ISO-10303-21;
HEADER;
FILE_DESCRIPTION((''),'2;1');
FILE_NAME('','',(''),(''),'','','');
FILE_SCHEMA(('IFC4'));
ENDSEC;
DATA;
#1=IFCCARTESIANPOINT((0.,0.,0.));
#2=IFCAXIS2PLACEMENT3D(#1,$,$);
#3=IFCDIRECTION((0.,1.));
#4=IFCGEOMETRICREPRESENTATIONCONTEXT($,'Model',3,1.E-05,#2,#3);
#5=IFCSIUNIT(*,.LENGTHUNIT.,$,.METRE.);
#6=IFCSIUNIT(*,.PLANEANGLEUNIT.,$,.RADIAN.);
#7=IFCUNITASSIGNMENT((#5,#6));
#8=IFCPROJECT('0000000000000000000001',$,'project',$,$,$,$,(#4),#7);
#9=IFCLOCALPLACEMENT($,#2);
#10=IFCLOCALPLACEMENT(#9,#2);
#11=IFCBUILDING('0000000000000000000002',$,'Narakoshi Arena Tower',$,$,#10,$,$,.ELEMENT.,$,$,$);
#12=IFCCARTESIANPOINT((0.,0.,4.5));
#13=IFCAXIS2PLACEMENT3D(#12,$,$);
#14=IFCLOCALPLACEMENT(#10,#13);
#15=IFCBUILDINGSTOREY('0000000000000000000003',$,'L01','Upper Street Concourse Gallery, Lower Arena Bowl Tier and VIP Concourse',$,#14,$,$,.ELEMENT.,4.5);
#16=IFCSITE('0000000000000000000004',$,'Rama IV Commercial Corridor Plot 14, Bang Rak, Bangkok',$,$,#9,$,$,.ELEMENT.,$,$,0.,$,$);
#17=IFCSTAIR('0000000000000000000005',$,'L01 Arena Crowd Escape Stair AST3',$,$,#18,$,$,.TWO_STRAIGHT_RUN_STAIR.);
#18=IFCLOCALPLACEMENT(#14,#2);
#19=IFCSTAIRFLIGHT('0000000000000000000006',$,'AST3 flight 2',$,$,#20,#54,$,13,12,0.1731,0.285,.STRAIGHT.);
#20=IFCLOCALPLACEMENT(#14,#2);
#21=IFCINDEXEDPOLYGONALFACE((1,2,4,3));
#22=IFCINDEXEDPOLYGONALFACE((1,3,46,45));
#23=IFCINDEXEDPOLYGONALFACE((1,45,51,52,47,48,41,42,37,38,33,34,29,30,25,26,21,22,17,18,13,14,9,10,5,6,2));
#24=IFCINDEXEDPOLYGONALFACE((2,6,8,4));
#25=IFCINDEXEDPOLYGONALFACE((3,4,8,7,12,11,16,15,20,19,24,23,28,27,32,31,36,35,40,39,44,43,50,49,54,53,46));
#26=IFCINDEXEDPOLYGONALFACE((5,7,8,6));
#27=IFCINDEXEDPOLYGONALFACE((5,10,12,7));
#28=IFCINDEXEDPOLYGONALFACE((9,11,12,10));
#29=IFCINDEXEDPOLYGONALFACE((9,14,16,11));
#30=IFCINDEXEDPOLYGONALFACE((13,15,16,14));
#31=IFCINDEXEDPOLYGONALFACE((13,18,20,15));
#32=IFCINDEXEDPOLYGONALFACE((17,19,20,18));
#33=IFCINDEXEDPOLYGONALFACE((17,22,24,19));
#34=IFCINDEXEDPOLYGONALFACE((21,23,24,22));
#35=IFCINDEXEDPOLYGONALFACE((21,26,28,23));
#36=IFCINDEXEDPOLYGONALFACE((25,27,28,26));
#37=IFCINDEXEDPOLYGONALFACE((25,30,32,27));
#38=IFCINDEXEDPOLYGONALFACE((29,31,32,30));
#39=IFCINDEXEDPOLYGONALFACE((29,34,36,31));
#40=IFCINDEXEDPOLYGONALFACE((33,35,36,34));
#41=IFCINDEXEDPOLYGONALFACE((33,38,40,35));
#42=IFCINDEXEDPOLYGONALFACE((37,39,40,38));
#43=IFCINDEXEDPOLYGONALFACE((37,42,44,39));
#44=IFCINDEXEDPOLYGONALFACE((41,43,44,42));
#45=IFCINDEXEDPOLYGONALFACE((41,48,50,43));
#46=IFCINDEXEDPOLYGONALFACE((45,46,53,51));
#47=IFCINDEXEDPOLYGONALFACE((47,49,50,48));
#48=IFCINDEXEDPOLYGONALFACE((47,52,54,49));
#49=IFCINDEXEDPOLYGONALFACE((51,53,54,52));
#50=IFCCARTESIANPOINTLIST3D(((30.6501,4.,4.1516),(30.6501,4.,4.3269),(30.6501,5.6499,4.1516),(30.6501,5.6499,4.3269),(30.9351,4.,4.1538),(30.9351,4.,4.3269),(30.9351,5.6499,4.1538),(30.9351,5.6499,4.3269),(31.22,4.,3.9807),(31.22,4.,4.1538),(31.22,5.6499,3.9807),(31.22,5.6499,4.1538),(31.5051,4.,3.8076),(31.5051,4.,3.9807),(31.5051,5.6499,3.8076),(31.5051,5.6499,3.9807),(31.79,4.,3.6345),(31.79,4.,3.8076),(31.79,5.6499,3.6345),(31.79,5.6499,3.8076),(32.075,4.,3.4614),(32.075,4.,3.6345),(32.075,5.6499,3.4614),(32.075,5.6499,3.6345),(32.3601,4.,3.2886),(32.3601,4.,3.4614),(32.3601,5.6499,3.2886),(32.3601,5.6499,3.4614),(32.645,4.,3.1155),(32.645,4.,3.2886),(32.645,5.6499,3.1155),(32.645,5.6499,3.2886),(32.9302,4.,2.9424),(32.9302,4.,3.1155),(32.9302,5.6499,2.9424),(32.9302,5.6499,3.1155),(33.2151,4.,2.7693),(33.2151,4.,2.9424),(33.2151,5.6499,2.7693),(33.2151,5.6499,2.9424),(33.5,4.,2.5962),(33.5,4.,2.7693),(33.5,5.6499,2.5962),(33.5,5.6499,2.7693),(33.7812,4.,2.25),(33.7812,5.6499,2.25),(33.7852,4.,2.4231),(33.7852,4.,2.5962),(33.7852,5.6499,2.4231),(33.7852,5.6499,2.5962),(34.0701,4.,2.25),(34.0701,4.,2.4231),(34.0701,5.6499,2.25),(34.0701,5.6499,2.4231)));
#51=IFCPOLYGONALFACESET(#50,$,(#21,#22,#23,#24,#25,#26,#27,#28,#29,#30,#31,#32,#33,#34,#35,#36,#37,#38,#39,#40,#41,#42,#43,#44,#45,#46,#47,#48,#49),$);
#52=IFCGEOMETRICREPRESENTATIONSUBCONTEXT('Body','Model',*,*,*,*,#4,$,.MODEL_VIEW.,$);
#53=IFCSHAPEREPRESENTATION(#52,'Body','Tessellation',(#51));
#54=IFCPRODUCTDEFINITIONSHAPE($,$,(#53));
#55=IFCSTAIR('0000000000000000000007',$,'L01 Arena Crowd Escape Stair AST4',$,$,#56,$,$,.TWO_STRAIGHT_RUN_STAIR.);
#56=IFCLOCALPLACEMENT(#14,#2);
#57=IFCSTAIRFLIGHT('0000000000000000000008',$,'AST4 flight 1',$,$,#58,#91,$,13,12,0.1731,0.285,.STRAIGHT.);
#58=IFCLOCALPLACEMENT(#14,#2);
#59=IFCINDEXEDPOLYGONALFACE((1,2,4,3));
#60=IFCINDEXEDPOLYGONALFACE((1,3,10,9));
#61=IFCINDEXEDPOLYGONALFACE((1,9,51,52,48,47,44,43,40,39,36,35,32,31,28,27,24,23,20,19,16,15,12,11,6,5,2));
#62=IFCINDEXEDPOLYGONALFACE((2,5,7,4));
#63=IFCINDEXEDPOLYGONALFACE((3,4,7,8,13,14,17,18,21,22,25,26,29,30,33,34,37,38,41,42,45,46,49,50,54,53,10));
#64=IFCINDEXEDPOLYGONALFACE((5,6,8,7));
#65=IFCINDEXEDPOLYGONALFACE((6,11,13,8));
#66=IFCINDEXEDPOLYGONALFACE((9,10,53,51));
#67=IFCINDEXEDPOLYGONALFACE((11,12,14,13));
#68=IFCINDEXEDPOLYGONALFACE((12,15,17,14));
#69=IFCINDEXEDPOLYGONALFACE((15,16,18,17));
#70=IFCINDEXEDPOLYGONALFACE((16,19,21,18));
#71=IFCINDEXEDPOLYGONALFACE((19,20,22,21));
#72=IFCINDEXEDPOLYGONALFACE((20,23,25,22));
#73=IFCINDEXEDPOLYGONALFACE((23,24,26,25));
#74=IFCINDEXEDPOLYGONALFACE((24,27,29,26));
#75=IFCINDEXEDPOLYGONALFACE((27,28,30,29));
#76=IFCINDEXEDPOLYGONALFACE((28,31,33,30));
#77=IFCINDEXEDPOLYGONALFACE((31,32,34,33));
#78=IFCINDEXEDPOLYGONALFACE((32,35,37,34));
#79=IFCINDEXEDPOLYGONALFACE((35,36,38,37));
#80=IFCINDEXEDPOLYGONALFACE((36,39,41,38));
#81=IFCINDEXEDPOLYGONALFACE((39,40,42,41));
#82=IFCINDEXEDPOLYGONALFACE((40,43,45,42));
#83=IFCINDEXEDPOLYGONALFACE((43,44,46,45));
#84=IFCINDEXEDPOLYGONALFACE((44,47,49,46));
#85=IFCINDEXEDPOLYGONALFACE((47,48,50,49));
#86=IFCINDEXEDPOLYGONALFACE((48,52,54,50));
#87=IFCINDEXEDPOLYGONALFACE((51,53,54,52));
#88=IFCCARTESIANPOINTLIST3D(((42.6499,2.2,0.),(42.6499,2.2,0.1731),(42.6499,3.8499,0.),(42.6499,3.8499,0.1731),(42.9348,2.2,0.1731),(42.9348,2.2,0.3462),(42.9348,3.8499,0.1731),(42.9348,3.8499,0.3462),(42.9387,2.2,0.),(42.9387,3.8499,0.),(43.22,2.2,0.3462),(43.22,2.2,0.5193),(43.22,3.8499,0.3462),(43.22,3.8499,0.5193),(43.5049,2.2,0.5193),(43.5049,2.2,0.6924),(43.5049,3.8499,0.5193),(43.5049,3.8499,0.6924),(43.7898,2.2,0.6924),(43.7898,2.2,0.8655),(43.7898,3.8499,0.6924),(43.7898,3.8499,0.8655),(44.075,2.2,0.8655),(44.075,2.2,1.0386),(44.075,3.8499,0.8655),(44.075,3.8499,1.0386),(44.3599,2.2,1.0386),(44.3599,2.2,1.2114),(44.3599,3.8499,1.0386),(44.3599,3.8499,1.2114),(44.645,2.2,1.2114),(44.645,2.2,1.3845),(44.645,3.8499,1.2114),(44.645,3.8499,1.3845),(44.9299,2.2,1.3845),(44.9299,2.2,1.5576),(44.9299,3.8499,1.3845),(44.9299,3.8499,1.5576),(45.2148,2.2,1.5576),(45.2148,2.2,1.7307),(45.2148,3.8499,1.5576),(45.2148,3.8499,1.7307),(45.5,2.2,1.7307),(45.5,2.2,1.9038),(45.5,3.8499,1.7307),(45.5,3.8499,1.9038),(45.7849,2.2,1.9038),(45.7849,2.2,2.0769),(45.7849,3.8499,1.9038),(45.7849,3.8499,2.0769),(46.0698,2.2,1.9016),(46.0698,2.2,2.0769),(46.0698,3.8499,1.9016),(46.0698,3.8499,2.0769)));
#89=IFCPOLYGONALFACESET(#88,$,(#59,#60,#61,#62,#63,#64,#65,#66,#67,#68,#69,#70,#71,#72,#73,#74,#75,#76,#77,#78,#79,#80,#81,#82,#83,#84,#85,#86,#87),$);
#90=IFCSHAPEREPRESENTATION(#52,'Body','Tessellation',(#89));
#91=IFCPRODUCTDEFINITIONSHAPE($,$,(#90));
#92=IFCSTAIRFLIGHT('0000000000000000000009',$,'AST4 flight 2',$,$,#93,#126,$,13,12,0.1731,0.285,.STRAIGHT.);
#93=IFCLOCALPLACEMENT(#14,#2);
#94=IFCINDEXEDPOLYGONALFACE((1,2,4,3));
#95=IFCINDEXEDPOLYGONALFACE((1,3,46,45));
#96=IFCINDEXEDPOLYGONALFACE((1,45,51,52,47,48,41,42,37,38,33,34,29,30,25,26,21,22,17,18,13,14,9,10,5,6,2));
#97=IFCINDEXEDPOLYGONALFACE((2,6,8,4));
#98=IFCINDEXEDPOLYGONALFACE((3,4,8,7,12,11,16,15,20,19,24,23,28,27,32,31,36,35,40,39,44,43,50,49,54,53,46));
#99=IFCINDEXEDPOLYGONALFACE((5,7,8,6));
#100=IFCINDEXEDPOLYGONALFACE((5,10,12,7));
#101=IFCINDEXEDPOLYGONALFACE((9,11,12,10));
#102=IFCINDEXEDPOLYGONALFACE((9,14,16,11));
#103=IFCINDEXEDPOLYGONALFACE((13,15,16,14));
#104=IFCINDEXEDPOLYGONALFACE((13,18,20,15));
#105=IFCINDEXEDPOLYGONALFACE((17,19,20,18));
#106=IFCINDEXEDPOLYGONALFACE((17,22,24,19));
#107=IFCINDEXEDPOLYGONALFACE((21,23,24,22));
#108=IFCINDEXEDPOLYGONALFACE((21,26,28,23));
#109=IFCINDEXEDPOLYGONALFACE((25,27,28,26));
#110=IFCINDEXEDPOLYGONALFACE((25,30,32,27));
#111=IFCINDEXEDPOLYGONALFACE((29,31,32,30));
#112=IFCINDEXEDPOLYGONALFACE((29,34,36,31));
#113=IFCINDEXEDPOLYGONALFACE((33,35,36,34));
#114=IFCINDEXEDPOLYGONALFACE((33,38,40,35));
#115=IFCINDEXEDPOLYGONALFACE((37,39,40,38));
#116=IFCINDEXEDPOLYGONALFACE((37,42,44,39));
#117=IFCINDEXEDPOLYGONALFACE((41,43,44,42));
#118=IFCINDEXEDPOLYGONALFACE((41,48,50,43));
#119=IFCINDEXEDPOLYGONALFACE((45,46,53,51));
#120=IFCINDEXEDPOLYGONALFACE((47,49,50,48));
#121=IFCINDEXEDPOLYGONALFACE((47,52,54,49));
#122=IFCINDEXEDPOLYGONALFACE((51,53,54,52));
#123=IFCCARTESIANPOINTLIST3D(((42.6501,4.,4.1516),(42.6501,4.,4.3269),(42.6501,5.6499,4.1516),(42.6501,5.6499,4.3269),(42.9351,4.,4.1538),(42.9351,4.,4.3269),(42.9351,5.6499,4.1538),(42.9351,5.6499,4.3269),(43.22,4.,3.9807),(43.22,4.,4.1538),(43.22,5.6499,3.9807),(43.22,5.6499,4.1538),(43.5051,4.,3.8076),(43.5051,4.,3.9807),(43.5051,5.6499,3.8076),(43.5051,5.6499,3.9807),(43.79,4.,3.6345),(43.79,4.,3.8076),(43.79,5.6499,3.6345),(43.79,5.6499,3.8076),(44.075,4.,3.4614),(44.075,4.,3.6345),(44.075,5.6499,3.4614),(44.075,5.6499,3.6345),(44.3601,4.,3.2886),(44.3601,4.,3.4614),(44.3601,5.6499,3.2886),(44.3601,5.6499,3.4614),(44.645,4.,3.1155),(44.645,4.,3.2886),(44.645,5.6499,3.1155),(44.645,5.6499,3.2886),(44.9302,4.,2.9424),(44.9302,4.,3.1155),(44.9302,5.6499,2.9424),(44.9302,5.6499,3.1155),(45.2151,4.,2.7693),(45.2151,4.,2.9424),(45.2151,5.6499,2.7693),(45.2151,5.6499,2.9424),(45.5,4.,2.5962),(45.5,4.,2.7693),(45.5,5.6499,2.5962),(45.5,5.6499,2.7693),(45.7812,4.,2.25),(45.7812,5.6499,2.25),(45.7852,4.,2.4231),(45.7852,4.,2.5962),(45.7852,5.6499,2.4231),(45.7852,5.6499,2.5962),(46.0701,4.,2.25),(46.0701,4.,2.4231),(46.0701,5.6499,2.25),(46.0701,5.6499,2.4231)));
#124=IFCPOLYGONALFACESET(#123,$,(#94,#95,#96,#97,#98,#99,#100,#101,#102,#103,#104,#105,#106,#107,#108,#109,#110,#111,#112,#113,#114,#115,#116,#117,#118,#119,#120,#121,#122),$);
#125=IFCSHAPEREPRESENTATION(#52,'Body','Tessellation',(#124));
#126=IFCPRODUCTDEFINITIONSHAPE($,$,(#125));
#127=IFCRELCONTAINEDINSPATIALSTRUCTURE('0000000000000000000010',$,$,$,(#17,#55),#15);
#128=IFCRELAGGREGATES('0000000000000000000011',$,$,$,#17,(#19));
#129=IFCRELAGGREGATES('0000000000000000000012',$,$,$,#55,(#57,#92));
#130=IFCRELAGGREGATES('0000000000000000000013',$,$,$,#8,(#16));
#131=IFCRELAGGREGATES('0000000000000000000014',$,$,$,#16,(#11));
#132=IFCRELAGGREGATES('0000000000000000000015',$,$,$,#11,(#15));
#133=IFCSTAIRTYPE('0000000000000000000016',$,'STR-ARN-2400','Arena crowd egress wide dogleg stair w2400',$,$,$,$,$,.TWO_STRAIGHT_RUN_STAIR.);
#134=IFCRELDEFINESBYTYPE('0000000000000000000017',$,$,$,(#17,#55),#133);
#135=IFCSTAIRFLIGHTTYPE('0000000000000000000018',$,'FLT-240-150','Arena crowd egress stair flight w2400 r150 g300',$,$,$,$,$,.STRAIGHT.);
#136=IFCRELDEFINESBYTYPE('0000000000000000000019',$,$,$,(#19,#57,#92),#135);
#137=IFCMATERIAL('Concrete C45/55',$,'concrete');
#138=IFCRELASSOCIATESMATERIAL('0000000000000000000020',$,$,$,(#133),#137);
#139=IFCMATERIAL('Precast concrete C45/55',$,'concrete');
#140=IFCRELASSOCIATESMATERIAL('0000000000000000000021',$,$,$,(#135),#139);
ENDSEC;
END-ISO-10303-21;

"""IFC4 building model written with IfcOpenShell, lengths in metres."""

from ifc_helpers import new_model, si_unit, direction, frame, origin, place, context, subcontext, project, spatial, polyline, outline, extrude, material, type_object, element, aggregate, save


model = new_model("IFC4")

# Units and contexts
model_context = context("Model", 3, precision=1e-05, world=origin(), true_north=direction((0.0, 1.0)))
body_context = subcontext(model_context, "Body", "Model", "MODEL_VIEW")
ifc_project = project(units=[si_unit("LENGTHUNIT", "METRE"), si_unit("PLANEANGLEUNIT", "RADIAN")], contexts=[model_context])

# Site, building, storey
site_placement = place(None, origin())
site = spatial("IfcSite", under=ifc_project, at=site_placement, Name="Rama IV Commercial Corridor Plot 14, Bang Rak, Bangkok", CompositionType="ELEMENT", RefElevation=0.0)
building_placement = place(site_placement, origin())
building = spatial("IfcBuilding", under=site, at=building_placement, Name="Narakoshi Arena Tower", CompositionType="ELEMENT")
storey_placement = place(building_placement, frame((0.0, 0.0, 4.5)))
storey = spatial("IfcBuildingStorey", under=building, at=storey_placement, Name="L01", Description="Upper Street Concourse Gallery, Lower Arena Bowl Tier and VIP Concourse", CompositionType="ELEMENT", Elevation=4.5)

# Stairs, stair flights
ifc_material_1 = material(Name="Concrete C45/55", Category="concrete")
stair_type = type_object("IfcStairType", Name="STR-ARN-2400", Description="Arena crowd egress wide dogleg stair w2400", PredefinedType="TWO_STRAIGHT_RUN_STAIR", material=ifc_material_1)
stair_1_placement = place(storey_placement, origin())
stair_1 = element("IfcStair", 1, at=stair_1_placement, inside=storey, type_object=stair_type, Name="L01 Arena Crowd Escape Stair AST3", PredefinedType="TWO_STRAIGHT_RUN_STAIR")
ifc_material_2 = material(Name="Precast concrete C45/55", Category="concrete")
stair_flight_type = type_object("IfcStairFlightType", Name="FLT-240-150", Description="Arena crowd egress stair flight w2400 r150 g300", PredefinedType="STRAIGHT", material=ifc_material_2)
stair_flight_1_placement = place(storey_placement, frame((34.0701, 4.825, 2.25), z_axis=(0.0, 0.0, 1.0), x_axis=(-1.0, 0.0, 0.0)))
stair_flight_1 = element("IfcStairFlight", 2, at=stair_flight_1_placement, type_object=stair_flight_type, Name="AST3 flight 2", NumberOfRisers=13, NumberOfTreads=12, PredefinedType="STRAIGHT", RiserHeight=0.1731, TreadLength=0.285, context=body_context, shape_type="SweptSolid", body=[
    extrude(outline(polyline([(0.0, 0.0), (0.0, 0.1731), (0.2849, 0.1731), (0.2849, 0.3462), (0.5701, 0.3462), (0.5701, 0.5193), (0.855, 0.5193), (0.855, 0.6924), (1.1399, 0.6924), (1.1399, 0.8655), (1.425, 0.8655), (1.425, 1.0386), (1.71, 1.0386), (1.71, 1.2114), (1.9951, 1.2114), (1.9951, 1.3845), (2.28, 1.3845), (2.28, 1.5576), (2.5649, 1.5576), (2.5649, 1.7307), (2.8501, 1.7307), (2.8501, 1.9038), (3.135, 1.9038), (3.135, 2.0769), (3.4199, 2.0769), (3.4199, 2.25), (3.4199, 1.9016), (0.2888, 0.0), (0.0, 0.0)])), frame((0.0, 0.825, 0.0), z_axis=(0.0, -1.0, 0.0), x_axis=(1.0, 0.0, 0.0)), (0.0, 0.0, 1.0), 1.6499),
])
aggregate(stair_1, [stair_flight_1])
stair_2_placement = place(storey_placement, origin())
stair_2 = element("IfcStair", 3, at=stair_2_placement, inside=storey, type_object=stair_type, Name="L01 Arena Crowd Escape Stair AST4", PredefinedType="TWO_STRAIGHT_RUN_STAIR")
stair_flight_2_placement = place(storey_placement, frame((42.6499, 3.0249, 0.0), z_axis=(0.0, 0.0, 1.0), x_axis=(1.0, 0.0, 0.0)))
stair_flight_2 = element("IfcStairFlight", 4, at=stair_flight_2_placement, type_object=stair_flight_type, Name="AST4 flight 1", NumberOfRisers=13, NumberOfTreads=12, PredefinedType="STRAIGHT", RiserHeight=0.1731, TreadLength=0.285, context=body_context, shape_type="SweptSolid", body=[
    extrude(outline(polyline([(0.0, 0.0), (0.0, 0.1731), (0.2849, 0.1731), (0.2849, 0.3462), (0.5701, 0.3462), (0.5701, 0.5193), (0.855, 0.5193), (0.855, 0.6924), (1.1399, 0.6924), (1.1399, 0.8655), (1.425, 0.8655), (1.425, 1.0386), (1.71, 1.0386), (1.71, 1.2114), (1.9951, 1.2114), (1.9951, 1.3845), (2.28, 1.3845), (2.28, 1.5576), (2.5649, 1.5576), (2.5649, 1.7307), (2.8501, 1.7307), (2.8501, 1.9038), (3.135, 1.9038), (3.135, 2.0769), (3.4199, 2.0769), (3.4199, 2.25), (3.4199, 1.9016), (0.2888, 0.0), (0.0, 0.0)])), frame((0.0, 0.825, 0.0), z_axis=(0.0, -1.0, 0.0), x_axis=(1.0, 0.0, 0.0)), (0.0, 0.0, 1.0), 1.6499),
])
stair_flight_3_placement = place(storey_placement, frame((46.0701, 4.825, 2.25), z_axis=(0.0, 0.0, 1.0), x_axis=(-1.0, 0.0, 0.0)))
stair_flight_3 = element("IfcStairFlight", 5, at=stair_flight_3_placement, type_object=stair_flight_type, Name="AST4 flight 2", NumberOfRisers=13, NumberOfTreads=12, PredefinedType="STRAIGHT", RiserHeight=0.1731, TreadLength=0.285, context=body_context, shape_type="SweptSolid", body=[
    extrude(outline(polyline([(0.0, 0.0), (0.0, 0.1731), (0.2849, 0.1731), (0.2849, 0.3462), (0.5701, 0.3462), (0.5701, 0.5193), (0.855, 0.5193), (0.855, 0.6924), (1.1399, 0.6924), (1.1399, 0.8655), (1.425, 0.8655), (1.425, 1.0386), (1.71, 1.0386), (1.71, 1.2114), (1.9951, 1.2114), (1.9951, 1.3845), (2.28, 1.3845), (2.28, 1.5576), (2.5649, 1.5576), (2.5649, 1.7307), (2.8501, 1.7307), (2.8501, 1.9038), (3.135, 1.9038), (3.135, 2.0769), (3.4199, 2.0769), (3.4199, 2.25), (3.4199, 1.9016), (0.2888, 0.0), (0.0, 0.0)])), frame((0.0, 0.825, 0.0), z_axis=(0.0, -1.0, 0.0), x_axis=(1.0, 0.0, 0.0)), (0.0, 0.0, 1.0), 1.6499),
])
aggregate(stair_2, [stair_flight_2, stair_flight_3])

save(model, "model.ifc")
